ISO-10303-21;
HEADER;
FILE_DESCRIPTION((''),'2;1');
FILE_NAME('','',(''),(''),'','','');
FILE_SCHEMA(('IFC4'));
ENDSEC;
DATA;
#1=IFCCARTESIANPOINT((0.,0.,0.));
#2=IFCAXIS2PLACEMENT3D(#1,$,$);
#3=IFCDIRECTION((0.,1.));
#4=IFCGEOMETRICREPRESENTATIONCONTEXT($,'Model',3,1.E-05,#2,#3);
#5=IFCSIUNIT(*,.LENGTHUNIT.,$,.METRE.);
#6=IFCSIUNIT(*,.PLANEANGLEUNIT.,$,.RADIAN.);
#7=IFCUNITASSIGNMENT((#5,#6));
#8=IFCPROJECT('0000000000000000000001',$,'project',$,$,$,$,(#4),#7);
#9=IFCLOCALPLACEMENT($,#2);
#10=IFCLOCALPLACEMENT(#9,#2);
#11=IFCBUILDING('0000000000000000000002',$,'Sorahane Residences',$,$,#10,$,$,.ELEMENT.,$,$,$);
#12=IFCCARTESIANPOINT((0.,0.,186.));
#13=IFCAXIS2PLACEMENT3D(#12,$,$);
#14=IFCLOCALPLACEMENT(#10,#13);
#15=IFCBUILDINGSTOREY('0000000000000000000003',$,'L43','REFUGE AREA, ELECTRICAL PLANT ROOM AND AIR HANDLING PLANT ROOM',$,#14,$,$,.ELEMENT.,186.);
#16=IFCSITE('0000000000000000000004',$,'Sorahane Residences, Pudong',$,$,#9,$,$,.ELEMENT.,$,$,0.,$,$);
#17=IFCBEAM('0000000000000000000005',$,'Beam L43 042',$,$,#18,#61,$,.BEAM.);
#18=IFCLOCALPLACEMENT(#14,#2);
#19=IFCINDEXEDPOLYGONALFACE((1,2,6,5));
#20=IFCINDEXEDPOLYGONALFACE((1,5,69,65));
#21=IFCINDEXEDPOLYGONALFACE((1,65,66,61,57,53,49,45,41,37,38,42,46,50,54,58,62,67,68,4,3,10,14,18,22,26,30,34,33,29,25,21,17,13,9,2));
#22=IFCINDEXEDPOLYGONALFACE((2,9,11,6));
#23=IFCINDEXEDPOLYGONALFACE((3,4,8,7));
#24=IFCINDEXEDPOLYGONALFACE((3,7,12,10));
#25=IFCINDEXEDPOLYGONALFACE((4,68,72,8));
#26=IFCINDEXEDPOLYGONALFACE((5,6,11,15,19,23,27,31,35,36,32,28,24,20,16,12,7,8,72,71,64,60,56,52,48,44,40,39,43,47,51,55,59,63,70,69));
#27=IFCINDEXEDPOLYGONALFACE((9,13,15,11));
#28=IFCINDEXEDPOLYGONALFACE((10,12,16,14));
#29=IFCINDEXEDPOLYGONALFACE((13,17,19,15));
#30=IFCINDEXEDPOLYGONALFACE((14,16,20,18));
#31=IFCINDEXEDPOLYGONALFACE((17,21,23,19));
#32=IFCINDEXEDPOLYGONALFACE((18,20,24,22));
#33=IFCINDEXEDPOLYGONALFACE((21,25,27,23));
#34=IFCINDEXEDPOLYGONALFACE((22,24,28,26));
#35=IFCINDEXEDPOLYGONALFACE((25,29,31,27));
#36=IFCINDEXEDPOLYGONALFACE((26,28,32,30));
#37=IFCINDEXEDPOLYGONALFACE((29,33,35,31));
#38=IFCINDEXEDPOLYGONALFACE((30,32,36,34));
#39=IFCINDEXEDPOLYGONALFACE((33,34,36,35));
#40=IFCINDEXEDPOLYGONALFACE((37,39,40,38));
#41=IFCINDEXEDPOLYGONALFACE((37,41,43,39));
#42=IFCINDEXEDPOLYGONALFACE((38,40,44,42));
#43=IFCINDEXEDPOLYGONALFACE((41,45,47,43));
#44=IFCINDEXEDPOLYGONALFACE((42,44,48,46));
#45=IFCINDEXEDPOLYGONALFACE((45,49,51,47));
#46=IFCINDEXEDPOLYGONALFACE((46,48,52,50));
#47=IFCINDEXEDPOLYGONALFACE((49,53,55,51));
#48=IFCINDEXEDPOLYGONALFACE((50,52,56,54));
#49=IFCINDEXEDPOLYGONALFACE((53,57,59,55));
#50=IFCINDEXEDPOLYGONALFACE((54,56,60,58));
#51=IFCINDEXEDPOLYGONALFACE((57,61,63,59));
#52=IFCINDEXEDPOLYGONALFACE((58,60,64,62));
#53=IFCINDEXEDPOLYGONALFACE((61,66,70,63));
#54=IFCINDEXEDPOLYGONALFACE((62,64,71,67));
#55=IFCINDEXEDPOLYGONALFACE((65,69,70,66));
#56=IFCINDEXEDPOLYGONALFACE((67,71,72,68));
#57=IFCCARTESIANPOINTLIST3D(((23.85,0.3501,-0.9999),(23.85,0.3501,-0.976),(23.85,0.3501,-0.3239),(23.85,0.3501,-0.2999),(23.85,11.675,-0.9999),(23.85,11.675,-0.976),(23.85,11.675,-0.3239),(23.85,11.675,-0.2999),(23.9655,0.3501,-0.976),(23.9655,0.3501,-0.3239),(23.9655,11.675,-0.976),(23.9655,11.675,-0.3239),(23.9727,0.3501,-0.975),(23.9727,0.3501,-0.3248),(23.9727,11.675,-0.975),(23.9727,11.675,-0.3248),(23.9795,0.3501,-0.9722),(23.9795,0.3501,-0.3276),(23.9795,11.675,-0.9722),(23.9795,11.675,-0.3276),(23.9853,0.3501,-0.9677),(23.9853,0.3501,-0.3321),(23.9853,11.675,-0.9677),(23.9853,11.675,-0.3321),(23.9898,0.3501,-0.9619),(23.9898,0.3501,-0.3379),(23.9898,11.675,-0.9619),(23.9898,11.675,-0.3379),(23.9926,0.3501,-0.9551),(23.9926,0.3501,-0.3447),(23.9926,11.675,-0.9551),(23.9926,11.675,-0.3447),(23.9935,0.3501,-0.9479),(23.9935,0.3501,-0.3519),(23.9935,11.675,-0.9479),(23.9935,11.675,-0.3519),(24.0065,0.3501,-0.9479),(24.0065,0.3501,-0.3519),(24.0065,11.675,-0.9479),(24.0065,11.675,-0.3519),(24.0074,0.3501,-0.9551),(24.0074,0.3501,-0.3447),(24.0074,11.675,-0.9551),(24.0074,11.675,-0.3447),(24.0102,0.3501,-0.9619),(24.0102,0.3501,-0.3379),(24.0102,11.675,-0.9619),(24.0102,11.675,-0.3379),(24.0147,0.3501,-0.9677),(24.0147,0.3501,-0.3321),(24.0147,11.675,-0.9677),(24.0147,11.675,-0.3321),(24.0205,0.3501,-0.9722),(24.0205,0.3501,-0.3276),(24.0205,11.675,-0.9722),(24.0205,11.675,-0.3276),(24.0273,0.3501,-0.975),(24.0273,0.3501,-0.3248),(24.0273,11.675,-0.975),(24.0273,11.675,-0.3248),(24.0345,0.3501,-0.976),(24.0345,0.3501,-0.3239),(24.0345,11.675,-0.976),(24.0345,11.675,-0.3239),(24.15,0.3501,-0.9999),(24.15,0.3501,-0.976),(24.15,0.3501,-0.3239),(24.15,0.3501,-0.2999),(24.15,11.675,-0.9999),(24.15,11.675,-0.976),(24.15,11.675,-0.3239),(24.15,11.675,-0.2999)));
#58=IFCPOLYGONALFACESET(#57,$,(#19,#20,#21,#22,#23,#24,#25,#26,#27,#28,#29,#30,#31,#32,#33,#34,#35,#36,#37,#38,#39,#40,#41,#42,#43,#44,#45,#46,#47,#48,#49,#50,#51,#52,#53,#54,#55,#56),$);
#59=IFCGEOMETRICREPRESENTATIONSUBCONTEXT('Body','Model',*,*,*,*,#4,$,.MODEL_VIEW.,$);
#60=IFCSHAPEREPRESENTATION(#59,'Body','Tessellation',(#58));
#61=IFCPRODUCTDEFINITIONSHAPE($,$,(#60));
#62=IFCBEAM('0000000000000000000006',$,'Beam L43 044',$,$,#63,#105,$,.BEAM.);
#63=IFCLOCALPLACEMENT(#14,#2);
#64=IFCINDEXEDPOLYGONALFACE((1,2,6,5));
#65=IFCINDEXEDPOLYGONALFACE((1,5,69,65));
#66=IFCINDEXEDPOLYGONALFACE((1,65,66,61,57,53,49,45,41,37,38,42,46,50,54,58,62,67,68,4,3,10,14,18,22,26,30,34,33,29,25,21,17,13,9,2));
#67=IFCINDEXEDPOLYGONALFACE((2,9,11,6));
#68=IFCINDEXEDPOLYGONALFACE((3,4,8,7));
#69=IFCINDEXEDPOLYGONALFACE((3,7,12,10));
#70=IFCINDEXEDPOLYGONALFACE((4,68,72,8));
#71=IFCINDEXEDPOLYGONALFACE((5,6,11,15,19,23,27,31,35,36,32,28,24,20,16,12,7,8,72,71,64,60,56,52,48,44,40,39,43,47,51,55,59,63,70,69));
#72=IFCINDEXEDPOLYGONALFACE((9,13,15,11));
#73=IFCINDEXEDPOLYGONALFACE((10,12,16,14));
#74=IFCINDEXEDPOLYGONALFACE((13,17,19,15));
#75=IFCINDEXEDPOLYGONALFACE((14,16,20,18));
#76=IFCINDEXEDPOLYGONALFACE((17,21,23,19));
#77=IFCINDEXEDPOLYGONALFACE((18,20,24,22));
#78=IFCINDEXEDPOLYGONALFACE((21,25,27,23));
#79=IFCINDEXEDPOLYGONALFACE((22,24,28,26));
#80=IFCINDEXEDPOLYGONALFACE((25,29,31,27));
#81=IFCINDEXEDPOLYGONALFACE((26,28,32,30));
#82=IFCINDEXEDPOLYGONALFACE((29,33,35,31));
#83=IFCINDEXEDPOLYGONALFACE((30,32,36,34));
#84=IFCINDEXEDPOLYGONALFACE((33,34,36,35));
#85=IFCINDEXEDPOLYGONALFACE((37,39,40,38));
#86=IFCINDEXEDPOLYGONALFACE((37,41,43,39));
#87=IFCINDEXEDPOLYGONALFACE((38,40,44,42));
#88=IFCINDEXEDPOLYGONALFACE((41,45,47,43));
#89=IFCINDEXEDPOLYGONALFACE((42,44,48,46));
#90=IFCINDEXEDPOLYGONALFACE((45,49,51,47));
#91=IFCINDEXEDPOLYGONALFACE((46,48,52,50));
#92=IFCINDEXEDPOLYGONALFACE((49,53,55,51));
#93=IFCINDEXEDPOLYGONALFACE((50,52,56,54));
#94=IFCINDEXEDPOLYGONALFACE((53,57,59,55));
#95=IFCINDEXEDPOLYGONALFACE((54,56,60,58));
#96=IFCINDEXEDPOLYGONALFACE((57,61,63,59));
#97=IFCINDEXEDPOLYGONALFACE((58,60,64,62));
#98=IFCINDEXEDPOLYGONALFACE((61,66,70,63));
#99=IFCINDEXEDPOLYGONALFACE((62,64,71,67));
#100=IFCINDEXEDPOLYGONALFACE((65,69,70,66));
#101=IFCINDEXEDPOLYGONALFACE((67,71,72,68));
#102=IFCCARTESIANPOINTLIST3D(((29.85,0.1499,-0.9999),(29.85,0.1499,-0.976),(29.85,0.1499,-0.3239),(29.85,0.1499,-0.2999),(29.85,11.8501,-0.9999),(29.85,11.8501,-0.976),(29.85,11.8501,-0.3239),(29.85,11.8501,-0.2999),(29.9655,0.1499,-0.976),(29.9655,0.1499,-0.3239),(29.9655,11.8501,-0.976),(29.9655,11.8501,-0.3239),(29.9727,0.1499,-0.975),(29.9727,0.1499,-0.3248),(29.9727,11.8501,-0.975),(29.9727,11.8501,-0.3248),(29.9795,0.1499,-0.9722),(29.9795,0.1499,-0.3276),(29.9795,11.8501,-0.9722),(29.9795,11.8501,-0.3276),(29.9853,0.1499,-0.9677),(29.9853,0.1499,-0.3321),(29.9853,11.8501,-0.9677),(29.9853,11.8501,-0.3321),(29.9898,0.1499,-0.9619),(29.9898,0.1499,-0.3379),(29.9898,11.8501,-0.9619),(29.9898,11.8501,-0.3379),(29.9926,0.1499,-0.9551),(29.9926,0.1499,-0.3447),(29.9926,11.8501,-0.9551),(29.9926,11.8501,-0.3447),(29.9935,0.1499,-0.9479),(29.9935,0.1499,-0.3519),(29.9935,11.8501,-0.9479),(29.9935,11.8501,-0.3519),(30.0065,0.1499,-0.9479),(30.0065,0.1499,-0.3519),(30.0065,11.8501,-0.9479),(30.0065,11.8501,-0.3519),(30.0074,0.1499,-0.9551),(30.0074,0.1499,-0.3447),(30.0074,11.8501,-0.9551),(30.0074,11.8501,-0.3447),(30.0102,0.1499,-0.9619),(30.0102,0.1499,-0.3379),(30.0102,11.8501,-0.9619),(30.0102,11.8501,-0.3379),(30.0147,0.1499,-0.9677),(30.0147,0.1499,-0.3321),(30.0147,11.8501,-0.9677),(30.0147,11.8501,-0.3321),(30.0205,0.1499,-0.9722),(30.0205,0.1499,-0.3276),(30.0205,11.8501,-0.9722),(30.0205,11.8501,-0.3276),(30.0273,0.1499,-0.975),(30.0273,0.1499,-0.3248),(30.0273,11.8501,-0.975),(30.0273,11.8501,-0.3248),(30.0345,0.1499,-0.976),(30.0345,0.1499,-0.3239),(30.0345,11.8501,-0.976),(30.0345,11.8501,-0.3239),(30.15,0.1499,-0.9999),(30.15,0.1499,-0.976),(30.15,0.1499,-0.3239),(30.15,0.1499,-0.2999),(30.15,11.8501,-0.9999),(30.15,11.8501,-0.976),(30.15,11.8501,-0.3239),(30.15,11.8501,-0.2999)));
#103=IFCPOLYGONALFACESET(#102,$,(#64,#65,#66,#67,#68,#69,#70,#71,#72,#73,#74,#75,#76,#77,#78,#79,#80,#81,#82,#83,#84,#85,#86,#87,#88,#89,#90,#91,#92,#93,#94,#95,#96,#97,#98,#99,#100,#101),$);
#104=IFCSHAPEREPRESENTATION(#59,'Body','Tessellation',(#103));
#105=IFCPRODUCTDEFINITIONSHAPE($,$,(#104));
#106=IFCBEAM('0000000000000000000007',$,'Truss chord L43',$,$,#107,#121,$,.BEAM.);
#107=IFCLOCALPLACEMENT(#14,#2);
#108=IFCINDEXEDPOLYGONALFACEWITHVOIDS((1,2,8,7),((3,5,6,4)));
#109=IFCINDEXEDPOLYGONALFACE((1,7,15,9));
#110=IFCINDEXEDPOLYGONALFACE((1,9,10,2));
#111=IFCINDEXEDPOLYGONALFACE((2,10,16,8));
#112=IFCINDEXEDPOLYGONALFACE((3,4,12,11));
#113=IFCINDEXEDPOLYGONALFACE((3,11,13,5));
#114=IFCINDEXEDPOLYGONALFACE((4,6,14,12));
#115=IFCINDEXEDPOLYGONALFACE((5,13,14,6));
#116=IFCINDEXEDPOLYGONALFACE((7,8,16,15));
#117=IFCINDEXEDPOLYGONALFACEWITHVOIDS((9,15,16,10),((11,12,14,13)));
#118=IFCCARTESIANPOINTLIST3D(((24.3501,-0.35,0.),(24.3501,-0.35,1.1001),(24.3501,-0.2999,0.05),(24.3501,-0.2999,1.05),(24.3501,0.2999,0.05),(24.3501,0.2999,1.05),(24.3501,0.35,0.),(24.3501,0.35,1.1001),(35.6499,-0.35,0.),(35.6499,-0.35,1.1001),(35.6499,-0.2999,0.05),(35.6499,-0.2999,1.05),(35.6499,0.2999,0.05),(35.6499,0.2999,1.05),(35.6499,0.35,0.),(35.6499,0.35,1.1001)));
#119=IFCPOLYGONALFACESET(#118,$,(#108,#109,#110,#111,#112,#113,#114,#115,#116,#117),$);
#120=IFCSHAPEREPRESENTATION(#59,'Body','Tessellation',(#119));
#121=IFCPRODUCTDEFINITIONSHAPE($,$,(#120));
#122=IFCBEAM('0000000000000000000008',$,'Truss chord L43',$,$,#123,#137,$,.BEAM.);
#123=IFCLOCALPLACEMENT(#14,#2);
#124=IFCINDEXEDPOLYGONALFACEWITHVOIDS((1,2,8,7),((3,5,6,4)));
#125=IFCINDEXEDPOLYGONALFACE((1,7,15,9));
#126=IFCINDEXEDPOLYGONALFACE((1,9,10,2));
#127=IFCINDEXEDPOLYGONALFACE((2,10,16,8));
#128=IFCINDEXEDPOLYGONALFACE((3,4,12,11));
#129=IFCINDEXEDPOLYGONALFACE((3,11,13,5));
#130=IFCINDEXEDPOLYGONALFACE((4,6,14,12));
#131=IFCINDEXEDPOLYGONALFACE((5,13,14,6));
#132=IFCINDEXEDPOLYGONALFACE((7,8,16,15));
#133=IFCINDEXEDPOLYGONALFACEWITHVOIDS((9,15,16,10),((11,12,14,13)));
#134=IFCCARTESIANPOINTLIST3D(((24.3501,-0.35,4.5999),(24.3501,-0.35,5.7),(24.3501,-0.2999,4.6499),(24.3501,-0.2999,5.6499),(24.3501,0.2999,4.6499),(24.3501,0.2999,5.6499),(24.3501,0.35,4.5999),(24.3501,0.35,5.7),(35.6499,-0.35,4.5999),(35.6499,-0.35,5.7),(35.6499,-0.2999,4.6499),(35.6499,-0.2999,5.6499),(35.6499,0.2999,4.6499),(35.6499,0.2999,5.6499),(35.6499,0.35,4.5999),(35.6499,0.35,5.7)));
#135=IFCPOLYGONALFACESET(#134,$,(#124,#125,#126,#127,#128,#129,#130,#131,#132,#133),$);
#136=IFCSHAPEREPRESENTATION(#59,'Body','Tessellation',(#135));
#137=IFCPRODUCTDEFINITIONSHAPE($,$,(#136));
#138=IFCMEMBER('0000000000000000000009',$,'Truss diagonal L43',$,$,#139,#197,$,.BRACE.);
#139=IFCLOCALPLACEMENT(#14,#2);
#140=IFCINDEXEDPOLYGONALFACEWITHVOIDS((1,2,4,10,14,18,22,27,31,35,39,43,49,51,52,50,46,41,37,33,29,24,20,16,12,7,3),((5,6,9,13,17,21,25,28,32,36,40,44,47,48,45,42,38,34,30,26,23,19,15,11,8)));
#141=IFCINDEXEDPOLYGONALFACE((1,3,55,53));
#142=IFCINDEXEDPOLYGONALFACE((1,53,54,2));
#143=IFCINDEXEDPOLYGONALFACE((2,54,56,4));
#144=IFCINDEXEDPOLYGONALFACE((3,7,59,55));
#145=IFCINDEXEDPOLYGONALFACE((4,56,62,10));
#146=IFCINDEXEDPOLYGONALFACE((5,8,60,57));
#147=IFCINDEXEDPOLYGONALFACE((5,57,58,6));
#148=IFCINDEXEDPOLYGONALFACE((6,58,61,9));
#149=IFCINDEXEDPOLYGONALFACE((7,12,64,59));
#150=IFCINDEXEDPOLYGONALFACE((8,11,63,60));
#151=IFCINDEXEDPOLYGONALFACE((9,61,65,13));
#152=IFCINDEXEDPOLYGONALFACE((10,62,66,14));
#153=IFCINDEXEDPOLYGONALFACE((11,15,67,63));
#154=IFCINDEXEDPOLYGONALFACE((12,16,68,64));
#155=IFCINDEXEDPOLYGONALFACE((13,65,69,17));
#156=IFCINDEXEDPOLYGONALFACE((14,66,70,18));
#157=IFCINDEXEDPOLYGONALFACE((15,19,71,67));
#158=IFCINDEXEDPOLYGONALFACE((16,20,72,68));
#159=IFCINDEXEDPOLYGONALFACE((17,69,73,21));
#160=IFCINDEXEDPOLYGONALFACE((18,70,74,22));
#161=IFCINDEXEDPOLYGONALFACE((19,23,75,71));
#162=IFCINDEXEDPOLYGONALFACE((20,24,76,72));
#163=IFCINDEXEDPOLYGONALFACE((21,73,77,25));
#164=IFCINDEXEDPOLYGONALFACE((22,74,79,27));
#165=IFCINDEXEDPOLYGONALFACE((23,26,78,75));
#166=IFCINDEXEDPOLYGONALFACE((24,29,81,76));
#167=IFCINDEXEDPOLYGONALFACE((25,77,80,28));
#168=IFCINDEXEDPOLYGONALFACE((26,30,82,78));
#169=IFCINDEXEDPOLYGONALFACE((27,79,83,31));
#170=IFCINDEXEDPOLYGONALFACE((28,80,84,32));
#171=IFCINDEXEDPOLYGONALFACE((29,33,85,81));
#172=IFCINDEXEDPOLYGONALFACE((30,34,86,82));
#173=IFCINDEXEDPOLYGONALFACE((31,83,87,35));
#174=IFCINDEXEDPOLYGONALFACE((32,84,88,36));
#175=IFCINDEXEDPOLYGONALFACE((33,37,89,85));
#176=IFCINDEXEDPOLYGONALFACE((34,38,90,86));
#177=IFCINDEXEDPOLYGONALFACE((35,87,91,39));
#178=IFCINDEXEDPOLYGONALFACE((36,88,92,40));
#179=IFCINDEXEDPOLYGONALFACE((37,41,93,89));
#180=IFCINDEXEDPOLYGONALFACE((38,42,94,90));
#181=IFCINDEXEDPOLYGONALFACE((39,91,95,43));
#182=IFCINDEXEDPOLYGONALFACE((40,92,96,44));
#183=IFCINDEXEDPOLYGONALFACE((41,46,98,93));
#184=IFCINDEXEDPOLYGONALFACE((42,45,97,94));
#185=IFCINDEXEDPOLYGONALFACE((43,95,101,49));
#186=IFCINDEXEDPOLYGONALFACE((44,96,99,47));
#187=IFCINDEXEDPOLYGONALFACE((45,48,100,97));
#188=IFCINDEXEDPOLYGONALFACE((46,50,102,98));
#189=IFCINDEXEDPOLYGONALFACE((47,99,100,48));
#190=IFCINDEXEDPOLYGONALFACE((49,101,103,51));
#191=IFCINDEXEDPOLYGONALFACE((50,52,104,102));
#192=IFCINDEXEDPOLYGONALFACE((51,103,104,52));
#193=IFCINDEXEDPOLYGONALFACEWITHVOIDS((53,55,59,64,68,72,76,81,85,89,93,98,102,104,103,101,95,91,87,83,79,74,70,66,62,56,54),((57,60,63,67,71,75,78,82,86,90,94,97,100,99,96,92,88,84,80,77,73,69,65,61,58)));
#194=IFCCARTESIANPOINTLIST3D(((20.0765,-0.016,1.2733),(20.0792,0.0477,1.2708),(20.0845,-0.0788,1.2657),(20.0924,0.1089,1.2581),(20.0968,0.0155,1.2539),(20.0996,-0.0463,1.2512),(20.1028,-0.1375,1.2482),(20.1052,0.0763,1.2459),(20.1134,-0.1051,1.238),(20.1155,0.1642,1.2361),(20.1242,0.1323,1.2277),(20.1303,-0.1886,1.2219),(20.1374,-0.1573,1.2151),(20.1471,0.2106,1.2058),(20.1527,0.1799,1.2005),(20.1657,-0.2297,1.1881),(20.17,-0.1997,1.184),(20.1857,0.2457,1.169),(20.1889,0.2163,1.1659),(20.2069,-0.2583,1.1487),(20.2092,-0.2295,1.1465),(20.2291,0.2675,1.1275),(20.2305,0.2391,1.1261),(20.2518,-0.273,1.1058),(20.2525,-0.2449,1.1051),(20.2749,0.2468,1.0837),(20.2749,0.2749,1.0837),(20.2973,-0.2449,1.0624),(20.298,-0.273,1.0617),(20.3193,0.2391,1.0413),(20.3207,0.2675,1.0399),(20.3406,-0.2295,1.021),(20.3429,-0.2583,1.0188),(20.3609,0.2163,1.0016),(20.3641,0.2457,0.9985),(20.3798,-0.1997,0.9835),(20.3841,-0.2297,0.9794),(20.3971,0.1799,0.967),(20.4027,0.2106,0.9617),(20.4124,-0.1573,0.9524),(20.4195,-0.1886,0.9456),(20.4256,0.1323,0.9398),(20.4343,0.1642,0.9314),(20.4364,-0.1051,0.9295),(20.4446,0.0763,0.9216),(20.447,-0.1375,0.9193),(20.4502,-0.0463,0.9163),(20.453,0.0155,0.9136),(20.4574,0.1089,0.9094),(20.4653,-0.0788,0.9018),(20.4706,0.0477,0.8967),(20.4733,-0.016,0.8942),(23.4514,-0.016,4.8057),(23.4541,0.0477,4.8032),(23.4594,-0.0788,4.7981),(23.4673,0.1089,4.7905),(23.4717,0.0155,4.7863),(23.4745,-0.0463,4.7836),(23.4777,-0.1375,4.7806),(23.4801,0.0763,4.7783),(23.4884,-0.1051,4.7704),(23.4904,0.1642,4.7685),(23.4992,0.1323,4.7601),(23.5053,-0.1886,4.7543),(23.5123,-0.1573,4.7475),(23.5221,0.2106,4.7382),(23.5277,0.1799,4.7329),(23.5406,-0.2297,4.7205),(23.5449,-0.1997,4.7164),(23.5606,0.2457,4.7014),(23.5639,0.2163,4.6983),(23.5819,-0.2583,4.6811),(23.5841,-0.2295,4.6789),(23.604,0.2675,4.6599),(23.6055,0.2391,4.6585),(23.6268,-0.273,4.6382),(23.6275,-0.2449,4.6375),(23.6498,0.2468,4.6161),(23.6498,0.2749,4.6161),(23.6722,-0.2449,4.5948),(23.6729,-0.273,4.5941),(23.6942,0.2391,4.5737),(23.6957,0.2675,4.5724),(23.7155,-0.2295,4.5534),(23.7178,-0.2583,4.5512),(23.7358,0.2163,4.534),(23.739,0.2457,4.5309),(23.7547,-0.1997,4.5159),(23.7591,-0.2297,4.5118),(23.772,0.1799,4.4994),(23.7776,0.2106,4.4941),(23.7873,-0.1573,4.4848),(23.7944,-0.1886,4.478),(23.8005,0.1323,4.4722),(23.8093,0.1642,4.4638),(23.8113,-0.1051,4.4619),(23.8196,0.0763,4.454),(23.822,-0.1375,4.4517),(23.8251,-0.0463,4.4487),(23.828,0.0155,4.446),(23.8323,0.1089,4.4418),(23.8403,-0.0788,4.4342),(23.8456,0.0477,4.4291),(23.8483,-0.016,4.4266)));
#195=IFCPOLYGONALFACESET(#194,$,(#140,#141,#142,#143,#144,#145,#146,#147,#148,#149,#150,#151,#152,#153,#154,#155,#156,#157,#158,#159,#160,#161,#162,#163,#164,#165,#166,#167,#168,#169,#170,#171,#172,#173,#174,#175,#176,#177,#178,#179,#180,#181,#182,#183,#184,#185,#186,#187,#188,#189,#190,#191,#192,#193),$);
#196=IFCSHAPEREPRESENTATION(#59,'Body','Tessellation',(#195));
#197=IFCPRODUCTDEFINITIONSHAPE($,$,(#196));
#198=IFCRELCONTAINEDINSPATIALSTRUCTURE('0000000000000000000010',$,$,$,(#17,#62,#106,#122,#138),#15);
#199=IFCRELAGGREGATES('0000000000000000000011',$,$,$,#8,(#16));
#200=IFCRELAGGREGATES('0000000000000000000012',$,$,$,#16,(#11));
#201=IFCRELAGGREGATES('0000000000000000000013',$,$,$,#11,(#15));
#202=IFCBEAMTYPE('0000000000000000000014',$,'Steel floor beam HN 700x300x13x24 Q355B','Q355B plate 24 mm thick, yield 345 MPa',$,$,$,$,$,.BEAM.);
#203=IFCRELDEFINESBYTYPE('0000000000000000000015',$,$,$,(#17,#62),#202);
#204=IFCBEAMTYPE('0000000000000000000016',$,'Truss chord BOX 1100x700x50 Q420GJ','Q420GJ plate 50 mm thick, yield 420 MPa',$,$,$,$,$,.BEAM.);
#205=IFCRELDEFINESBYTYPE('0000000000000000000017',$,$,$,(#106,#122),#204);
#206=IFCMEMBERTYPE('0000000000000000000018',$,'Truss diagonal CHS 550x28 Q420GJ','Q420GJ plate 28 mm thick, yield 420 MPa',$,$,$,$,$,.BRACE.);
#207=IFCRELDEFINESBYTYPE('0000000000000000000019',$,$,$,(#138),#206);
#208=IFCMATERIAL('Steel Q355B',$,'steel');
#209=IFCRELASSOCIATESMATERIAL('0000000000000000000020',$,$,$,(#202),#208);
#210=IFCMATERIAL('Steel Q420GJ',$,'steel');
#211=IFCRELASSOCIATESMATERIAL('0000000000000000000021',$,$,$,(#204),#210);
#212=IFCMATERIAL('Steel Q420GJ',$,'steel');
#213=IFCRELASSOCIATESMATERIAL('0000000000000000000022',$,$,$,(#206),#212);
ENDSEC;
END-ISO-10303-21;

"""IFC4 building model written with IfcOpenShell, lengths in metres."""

from ifc_helpers import new_model, si_unit, direction, frame, origin, origin_2d, place, context, subcontext, project, spatial, hollow_rectangle, hollow_circle, i_section, extrude, material, material_profile, profile_set, type_object, element, save


model = new_model("IFC4")

# Units and contexts
model_context = context("Model", 3, precision=1e-05, world=origin(), true_north=direction((0.0, 1.0)))
body_context = subcontext(model_context, "Body", "Model", "MODEL_VIEW")
ifc_project = project(units=[si_unit("LENGTHUNIT", "METRE"), si_unit("PLANEANGLEUNIT", "RADIAN")], contexts=[model_context])

# Site, building, storey
site_placement = place(None, origin())
site = spatial("IfcSite", under=ifc_project, at=site_placement, Name="Sorahane Residences, Pudong", CompositionType="ELEMENT", RefElevation=0.0)
building_placement = place(site_placement, origin())
building = spatial("IfcBuilding", under=site, at=building_placement, Name="Sorahane Residences", CompositionType="ELEMENT")
storey_placement = place(building_placement, frame((0.0, 0.0, 186.0)))
storey = spatial("IfcBuildingStorey", under=building, at=storey_placement, Name="L43", Description="REFUGE AREA, ELECTRICAL PLANT ROOM AND AIR HANDLING PLANT ROOM", CompositionType="ELEMENT", Elevation=186.0)

# Beams
ifc_material_1 = material(Name="Steel Q355B", Category="steel")
ifc_material_profile_1 = material_profile(ifc_material_1, i_section(OverallWidth=0.3, OverallDepth=0.7, WebThickness=0.0129, FlangeThickness=0.0239, FilletRadius=0.0281, at=origin_2d()), Name="HN 700x300x13x24")
ifc_profile_set_1 = profile_set([ifc_material_profile_1], Name="Steel Q355B")
beam_type_1 = type_object("IfcBeamType", Name="Steel floor beam HN 700x300x13x24 Q355B", Description="Q355B plate 24 mm thick, yield 345 MPa", PredefinedType="BEAM", material=ifc_profile_set_1)
beam_1_placement = place(storey_placement, frame((24.0, 0.3501, -0.6499), z_axis=(0.0, 1.0, 0.0), x_axis=(-1.0, 0.0, 0.0)))
element("IfcBeam", 1, at=beam_1_placement, inside=storey, type_object=beam_type_1, Name="Beam L43 042", PredefinedType="BEAM", context=body_context, shape_type="SweptSolid", body=[
    extrude(i_section(OverallWidth=0.3, OverallDepth=0.7, WebThickness=0.0129, FlangeThickness=0.0239, FilletRadius=0.0281, at=origin_2d()), origin(), (0.0, 0.0, 1.0), 11.325),
])
beam_2_placement = place(storey_placement, frame((30.0, 0.1499, -0.6499), z_axis=(0.0, 1.0, 0.0), x_axis=(-1.0, 0.0, 0.0)))
element("IfcBeam", 2, at=beam_2_placement, inside=storey, type_object=beam_type_1, Name="Beam L43 044", PredefinedType="BEAM", context=body_context, shape_type="SweptSolid", body=[
    extrude(i_section(OverallWidth=0.3, OverallDepth=0.7, WebThickness=0.0129, FlangeThickness=0.0239, FilletRadius=0.0281, at=origin_2d()), origin(), (0.0, 0.0, 1.0), 11.7002),
])
ifc_material_2 = material(Name="Steel Q420GJ", Category="steel")
ifc_material_profile_2 = material_profile(ifc_material_2, hollow_rectangle(XDim=0.7, YDim=1.1001, WallThickness=0.05, at=origin_2d()), Name="BOX 1100x700x50")
ifc_profile_set_2 = profile_set([ifc_material_profile_2], Name="Steel Q420GJ")
beam_type_2 = type_object("IfcBeamType", Name="Truss chord BOX 1100x700x50 Q420GJ", Description="Q420GJ plate 50 mm thick, yield 420 MPa", PredefinedType="BEAM", material=ifc_profile_set_2)
for number, where, z_axis, x_axis, name in (
    (3, (24.3501, 0.0, 0.55), (1.0, 0.0, 0.0), (0.0, 1.0, 0.0), "Truss chord L43"),
    (4, (24.3501, 0.0, 5.1499), (1.0, 0.0, 0.0), (0.0, 1.0, 0.0), "Truss chord L43"),
):
    element("IfcBeam", number, at=place(storey_placement, frame(where, z_axis=z_axis, x_axis=x_axis)), inside=storey, type_object=beam_type_2, Name=name, PredefinedType="BEAM", context=body_context, shape_type="SweptSolid", body=[
        extrude(hollow_rectangle(XDim=0.7, YDim=1.1001, WallThickness=0.05, at=origin_2d()), origin(), (0.0, 0.0, 1.0), 11.2998),
    ])

# Member
ifc_material_3 = material(Name="Steel Q420GJ", Category="steel")
ifc_material_profile_3 = material_profile(ifc_material_3, hollow_circle(Radius=0.2749, WallThickness=0.0281, at=origin_2d()), Name="CHS 550x28")
ifc_profile_set_3 = profile_set([ifc_material_profile_3], Name="Steel Q420GJ")
member_type = type_object("IfcMemberType", Name="Truss diagonal CHS 550x28 Q420GJ", Description="Q420GJ plate 28 mm thick, yield 420 MPa", PredefinedType="BRACE", material=ifc_profile_set_3)
for number, where, z_axis, x_axis, name in (
    (5, (20.2749, 0.0, 1.0837), (0.690807, 0.0, 0.723039), (0.0, 1.0, 0.0), "Truss diagonal L43"),
):
    element("IfcMember", number, at=place(storey_placement, frame(where, z_axis=z_axis, x_axis=x_axis)), inside=storey, type_object=member_type, Name=name, PredefinedType="BRACE", context=body_context, shape_type="SweptSolid", body=[
        extrude(hollow_circle(Radius=0.2749, WallThickness=0.0281, at=origin_2d()), origin(), (0.0, 0.0, 1.0), 4.8855),
    ])

save(model, "model.ifc")
